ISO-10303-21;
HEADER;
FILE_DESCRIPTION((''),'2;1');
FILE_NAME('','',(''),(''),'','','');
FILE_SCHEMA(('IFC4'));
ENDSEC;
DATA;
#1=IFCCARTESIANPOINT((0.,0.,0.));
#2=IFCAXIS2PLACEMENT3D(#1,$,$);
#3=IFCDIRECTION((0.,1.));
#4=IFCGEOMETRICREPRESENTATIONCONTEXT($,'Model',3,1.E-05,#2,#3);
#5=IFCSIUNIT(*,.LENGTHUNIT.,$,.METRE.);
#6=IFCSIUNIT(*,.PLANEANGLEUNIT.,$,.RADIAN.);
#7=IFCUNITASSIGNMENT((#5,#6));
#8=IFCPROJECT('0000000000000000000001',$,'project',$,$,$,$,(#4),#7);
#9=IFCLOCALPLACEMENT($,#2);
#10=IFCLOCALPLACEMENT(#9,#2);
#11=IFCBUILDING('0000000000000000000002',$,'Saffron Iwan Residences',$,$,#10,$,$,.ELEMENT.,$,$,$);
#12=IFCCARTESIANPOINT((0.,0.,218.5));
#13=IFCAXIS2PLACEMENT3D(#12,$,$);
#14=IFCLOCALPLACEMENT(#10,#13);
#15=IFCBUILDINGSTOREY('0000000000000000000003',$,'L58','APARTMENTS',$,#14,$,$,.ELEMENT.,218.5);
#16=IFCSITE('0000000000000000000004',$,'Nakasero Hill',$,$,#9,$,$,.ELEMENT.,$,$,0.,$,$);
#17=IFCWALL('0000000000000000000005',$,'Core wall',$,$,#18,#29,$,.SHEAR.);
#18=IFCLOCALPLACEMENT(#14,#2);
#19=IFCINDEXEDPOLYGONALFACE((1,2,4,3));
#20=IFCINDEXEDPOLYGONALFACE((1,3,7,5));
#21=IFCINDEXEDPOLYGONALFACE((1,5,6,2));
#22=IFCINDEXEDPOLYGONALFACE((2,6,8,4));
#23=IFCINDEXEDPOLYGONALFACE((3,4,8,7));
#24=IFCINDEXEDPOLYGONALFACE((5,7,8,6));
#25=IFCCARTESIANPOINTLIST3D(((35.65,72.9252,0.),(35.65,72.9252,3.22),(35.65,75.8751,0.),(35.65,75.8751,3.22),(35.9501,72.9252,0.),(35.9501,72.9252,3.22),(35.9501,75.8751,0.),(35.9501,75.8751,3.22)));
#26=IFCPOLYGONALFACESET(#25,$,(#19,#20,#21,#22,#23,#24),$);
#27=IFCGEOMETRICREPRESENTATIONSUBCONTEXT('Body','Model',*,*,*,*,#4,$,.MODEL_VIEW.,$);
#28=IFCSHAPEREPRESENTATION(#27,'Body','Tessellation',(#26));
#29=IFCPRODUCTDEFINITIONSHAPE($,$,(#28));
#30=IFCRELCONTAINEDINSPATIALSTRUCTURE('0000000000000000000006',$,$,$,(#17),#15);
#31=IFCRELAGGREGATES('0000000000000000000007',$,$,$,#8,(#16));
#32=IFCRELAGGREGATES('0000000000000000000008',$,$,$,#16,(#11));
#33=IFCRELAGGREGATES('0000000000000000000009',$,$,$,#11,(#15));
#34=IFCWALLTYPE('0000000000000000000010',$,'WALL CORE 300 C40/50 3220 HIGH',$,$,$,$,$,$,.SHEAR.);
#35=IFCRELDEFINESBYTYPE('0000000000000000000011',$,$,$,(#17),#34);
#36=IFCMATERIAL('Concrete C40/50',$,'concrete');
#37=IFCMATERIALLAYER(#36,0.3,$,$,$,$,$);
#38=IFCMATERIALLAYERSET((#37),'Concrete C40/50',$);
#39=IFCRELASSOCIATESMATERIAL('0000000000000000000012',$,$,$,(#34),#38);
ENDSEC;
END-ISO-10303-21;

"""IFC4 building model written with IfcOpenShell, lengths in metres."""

from ifc_helpers import new_model, si_unit, direction, frame, frame_2d, origin, place, context, subcontext, project, spatial, rectangle, extrude, material, layer, layer_set, type_object, element, save


model = new_model("IFC4")

# Units and contexts
model_context = context("Model", 3, precision=1e-05, world=origin(), true_north=direction((0.0, 1.0)))
body_context = subcontext(model_context, "Body", "Model", "MODEL_VIEW")
ifc_project = project(units=[si_unit("LENGTHUNIT", "METRE"), si_unit("PLANEANGLEUNIT", "RADIAN")], contexts=[model_context])

# Site, building, storey
site_placement = place(None, origin())
site = spatial("IfcSite", under=ifc_project, at=site_placement, Name="Nakasero Hill", CompositionType="ELEMENT", RefElevation=0.0)
building_placement = place(site_placement, origin())
building = spatial("IfcBuilding", under=site, at=building_placement, Name="Saffron Iwan Residences", CompositionType="ELEMENT")
storey_placement = place(building_placement, frame((0.0, 0.0, 218.5)))
storey = spatial("IfcBuildingStorey", under=building, at=storey_placement, Name="L58", Description="APARTMENTS", CompositionType="ELEMENT", Elevation=218.5)

# Shared definitions
ifc_material_1 = material(Name="Concrete C40/50", Category="concrete")
ifc_layer = layer(ifc_material_1, 0.3)
ifc_layer_set = layer_set([ifc_layer], Name="Concrete C40/50")
wall_type = type_object("IfcWallType", Name="WALL CORE 300 C40/50 3220 HIGH", PredefinedType="SHEAR", material=ifc_layer_set)

# Wall
wall_1_placement = place(storey_placement, frame((35.8, 72.925, 0.0), z_axis=(0.0, 0.0, 1.0), x_axis=(0.0, 1.0, 0.0)))
element("IfcWall", 1, at=wall_1_placement, inside=storey, type_object=wall_type, Name="Core wall", PredefinedType="SHEAR", context=body_context, shape_type="SweptSolid", body=[
    extrude(rectangle(XDim=2.95, YDim=0.3, at=frame_2d((1.4751, 0.0))), origin(), (0.0, 0.0, 1.0), 3.22),
])

save(model, "model.ifc")
